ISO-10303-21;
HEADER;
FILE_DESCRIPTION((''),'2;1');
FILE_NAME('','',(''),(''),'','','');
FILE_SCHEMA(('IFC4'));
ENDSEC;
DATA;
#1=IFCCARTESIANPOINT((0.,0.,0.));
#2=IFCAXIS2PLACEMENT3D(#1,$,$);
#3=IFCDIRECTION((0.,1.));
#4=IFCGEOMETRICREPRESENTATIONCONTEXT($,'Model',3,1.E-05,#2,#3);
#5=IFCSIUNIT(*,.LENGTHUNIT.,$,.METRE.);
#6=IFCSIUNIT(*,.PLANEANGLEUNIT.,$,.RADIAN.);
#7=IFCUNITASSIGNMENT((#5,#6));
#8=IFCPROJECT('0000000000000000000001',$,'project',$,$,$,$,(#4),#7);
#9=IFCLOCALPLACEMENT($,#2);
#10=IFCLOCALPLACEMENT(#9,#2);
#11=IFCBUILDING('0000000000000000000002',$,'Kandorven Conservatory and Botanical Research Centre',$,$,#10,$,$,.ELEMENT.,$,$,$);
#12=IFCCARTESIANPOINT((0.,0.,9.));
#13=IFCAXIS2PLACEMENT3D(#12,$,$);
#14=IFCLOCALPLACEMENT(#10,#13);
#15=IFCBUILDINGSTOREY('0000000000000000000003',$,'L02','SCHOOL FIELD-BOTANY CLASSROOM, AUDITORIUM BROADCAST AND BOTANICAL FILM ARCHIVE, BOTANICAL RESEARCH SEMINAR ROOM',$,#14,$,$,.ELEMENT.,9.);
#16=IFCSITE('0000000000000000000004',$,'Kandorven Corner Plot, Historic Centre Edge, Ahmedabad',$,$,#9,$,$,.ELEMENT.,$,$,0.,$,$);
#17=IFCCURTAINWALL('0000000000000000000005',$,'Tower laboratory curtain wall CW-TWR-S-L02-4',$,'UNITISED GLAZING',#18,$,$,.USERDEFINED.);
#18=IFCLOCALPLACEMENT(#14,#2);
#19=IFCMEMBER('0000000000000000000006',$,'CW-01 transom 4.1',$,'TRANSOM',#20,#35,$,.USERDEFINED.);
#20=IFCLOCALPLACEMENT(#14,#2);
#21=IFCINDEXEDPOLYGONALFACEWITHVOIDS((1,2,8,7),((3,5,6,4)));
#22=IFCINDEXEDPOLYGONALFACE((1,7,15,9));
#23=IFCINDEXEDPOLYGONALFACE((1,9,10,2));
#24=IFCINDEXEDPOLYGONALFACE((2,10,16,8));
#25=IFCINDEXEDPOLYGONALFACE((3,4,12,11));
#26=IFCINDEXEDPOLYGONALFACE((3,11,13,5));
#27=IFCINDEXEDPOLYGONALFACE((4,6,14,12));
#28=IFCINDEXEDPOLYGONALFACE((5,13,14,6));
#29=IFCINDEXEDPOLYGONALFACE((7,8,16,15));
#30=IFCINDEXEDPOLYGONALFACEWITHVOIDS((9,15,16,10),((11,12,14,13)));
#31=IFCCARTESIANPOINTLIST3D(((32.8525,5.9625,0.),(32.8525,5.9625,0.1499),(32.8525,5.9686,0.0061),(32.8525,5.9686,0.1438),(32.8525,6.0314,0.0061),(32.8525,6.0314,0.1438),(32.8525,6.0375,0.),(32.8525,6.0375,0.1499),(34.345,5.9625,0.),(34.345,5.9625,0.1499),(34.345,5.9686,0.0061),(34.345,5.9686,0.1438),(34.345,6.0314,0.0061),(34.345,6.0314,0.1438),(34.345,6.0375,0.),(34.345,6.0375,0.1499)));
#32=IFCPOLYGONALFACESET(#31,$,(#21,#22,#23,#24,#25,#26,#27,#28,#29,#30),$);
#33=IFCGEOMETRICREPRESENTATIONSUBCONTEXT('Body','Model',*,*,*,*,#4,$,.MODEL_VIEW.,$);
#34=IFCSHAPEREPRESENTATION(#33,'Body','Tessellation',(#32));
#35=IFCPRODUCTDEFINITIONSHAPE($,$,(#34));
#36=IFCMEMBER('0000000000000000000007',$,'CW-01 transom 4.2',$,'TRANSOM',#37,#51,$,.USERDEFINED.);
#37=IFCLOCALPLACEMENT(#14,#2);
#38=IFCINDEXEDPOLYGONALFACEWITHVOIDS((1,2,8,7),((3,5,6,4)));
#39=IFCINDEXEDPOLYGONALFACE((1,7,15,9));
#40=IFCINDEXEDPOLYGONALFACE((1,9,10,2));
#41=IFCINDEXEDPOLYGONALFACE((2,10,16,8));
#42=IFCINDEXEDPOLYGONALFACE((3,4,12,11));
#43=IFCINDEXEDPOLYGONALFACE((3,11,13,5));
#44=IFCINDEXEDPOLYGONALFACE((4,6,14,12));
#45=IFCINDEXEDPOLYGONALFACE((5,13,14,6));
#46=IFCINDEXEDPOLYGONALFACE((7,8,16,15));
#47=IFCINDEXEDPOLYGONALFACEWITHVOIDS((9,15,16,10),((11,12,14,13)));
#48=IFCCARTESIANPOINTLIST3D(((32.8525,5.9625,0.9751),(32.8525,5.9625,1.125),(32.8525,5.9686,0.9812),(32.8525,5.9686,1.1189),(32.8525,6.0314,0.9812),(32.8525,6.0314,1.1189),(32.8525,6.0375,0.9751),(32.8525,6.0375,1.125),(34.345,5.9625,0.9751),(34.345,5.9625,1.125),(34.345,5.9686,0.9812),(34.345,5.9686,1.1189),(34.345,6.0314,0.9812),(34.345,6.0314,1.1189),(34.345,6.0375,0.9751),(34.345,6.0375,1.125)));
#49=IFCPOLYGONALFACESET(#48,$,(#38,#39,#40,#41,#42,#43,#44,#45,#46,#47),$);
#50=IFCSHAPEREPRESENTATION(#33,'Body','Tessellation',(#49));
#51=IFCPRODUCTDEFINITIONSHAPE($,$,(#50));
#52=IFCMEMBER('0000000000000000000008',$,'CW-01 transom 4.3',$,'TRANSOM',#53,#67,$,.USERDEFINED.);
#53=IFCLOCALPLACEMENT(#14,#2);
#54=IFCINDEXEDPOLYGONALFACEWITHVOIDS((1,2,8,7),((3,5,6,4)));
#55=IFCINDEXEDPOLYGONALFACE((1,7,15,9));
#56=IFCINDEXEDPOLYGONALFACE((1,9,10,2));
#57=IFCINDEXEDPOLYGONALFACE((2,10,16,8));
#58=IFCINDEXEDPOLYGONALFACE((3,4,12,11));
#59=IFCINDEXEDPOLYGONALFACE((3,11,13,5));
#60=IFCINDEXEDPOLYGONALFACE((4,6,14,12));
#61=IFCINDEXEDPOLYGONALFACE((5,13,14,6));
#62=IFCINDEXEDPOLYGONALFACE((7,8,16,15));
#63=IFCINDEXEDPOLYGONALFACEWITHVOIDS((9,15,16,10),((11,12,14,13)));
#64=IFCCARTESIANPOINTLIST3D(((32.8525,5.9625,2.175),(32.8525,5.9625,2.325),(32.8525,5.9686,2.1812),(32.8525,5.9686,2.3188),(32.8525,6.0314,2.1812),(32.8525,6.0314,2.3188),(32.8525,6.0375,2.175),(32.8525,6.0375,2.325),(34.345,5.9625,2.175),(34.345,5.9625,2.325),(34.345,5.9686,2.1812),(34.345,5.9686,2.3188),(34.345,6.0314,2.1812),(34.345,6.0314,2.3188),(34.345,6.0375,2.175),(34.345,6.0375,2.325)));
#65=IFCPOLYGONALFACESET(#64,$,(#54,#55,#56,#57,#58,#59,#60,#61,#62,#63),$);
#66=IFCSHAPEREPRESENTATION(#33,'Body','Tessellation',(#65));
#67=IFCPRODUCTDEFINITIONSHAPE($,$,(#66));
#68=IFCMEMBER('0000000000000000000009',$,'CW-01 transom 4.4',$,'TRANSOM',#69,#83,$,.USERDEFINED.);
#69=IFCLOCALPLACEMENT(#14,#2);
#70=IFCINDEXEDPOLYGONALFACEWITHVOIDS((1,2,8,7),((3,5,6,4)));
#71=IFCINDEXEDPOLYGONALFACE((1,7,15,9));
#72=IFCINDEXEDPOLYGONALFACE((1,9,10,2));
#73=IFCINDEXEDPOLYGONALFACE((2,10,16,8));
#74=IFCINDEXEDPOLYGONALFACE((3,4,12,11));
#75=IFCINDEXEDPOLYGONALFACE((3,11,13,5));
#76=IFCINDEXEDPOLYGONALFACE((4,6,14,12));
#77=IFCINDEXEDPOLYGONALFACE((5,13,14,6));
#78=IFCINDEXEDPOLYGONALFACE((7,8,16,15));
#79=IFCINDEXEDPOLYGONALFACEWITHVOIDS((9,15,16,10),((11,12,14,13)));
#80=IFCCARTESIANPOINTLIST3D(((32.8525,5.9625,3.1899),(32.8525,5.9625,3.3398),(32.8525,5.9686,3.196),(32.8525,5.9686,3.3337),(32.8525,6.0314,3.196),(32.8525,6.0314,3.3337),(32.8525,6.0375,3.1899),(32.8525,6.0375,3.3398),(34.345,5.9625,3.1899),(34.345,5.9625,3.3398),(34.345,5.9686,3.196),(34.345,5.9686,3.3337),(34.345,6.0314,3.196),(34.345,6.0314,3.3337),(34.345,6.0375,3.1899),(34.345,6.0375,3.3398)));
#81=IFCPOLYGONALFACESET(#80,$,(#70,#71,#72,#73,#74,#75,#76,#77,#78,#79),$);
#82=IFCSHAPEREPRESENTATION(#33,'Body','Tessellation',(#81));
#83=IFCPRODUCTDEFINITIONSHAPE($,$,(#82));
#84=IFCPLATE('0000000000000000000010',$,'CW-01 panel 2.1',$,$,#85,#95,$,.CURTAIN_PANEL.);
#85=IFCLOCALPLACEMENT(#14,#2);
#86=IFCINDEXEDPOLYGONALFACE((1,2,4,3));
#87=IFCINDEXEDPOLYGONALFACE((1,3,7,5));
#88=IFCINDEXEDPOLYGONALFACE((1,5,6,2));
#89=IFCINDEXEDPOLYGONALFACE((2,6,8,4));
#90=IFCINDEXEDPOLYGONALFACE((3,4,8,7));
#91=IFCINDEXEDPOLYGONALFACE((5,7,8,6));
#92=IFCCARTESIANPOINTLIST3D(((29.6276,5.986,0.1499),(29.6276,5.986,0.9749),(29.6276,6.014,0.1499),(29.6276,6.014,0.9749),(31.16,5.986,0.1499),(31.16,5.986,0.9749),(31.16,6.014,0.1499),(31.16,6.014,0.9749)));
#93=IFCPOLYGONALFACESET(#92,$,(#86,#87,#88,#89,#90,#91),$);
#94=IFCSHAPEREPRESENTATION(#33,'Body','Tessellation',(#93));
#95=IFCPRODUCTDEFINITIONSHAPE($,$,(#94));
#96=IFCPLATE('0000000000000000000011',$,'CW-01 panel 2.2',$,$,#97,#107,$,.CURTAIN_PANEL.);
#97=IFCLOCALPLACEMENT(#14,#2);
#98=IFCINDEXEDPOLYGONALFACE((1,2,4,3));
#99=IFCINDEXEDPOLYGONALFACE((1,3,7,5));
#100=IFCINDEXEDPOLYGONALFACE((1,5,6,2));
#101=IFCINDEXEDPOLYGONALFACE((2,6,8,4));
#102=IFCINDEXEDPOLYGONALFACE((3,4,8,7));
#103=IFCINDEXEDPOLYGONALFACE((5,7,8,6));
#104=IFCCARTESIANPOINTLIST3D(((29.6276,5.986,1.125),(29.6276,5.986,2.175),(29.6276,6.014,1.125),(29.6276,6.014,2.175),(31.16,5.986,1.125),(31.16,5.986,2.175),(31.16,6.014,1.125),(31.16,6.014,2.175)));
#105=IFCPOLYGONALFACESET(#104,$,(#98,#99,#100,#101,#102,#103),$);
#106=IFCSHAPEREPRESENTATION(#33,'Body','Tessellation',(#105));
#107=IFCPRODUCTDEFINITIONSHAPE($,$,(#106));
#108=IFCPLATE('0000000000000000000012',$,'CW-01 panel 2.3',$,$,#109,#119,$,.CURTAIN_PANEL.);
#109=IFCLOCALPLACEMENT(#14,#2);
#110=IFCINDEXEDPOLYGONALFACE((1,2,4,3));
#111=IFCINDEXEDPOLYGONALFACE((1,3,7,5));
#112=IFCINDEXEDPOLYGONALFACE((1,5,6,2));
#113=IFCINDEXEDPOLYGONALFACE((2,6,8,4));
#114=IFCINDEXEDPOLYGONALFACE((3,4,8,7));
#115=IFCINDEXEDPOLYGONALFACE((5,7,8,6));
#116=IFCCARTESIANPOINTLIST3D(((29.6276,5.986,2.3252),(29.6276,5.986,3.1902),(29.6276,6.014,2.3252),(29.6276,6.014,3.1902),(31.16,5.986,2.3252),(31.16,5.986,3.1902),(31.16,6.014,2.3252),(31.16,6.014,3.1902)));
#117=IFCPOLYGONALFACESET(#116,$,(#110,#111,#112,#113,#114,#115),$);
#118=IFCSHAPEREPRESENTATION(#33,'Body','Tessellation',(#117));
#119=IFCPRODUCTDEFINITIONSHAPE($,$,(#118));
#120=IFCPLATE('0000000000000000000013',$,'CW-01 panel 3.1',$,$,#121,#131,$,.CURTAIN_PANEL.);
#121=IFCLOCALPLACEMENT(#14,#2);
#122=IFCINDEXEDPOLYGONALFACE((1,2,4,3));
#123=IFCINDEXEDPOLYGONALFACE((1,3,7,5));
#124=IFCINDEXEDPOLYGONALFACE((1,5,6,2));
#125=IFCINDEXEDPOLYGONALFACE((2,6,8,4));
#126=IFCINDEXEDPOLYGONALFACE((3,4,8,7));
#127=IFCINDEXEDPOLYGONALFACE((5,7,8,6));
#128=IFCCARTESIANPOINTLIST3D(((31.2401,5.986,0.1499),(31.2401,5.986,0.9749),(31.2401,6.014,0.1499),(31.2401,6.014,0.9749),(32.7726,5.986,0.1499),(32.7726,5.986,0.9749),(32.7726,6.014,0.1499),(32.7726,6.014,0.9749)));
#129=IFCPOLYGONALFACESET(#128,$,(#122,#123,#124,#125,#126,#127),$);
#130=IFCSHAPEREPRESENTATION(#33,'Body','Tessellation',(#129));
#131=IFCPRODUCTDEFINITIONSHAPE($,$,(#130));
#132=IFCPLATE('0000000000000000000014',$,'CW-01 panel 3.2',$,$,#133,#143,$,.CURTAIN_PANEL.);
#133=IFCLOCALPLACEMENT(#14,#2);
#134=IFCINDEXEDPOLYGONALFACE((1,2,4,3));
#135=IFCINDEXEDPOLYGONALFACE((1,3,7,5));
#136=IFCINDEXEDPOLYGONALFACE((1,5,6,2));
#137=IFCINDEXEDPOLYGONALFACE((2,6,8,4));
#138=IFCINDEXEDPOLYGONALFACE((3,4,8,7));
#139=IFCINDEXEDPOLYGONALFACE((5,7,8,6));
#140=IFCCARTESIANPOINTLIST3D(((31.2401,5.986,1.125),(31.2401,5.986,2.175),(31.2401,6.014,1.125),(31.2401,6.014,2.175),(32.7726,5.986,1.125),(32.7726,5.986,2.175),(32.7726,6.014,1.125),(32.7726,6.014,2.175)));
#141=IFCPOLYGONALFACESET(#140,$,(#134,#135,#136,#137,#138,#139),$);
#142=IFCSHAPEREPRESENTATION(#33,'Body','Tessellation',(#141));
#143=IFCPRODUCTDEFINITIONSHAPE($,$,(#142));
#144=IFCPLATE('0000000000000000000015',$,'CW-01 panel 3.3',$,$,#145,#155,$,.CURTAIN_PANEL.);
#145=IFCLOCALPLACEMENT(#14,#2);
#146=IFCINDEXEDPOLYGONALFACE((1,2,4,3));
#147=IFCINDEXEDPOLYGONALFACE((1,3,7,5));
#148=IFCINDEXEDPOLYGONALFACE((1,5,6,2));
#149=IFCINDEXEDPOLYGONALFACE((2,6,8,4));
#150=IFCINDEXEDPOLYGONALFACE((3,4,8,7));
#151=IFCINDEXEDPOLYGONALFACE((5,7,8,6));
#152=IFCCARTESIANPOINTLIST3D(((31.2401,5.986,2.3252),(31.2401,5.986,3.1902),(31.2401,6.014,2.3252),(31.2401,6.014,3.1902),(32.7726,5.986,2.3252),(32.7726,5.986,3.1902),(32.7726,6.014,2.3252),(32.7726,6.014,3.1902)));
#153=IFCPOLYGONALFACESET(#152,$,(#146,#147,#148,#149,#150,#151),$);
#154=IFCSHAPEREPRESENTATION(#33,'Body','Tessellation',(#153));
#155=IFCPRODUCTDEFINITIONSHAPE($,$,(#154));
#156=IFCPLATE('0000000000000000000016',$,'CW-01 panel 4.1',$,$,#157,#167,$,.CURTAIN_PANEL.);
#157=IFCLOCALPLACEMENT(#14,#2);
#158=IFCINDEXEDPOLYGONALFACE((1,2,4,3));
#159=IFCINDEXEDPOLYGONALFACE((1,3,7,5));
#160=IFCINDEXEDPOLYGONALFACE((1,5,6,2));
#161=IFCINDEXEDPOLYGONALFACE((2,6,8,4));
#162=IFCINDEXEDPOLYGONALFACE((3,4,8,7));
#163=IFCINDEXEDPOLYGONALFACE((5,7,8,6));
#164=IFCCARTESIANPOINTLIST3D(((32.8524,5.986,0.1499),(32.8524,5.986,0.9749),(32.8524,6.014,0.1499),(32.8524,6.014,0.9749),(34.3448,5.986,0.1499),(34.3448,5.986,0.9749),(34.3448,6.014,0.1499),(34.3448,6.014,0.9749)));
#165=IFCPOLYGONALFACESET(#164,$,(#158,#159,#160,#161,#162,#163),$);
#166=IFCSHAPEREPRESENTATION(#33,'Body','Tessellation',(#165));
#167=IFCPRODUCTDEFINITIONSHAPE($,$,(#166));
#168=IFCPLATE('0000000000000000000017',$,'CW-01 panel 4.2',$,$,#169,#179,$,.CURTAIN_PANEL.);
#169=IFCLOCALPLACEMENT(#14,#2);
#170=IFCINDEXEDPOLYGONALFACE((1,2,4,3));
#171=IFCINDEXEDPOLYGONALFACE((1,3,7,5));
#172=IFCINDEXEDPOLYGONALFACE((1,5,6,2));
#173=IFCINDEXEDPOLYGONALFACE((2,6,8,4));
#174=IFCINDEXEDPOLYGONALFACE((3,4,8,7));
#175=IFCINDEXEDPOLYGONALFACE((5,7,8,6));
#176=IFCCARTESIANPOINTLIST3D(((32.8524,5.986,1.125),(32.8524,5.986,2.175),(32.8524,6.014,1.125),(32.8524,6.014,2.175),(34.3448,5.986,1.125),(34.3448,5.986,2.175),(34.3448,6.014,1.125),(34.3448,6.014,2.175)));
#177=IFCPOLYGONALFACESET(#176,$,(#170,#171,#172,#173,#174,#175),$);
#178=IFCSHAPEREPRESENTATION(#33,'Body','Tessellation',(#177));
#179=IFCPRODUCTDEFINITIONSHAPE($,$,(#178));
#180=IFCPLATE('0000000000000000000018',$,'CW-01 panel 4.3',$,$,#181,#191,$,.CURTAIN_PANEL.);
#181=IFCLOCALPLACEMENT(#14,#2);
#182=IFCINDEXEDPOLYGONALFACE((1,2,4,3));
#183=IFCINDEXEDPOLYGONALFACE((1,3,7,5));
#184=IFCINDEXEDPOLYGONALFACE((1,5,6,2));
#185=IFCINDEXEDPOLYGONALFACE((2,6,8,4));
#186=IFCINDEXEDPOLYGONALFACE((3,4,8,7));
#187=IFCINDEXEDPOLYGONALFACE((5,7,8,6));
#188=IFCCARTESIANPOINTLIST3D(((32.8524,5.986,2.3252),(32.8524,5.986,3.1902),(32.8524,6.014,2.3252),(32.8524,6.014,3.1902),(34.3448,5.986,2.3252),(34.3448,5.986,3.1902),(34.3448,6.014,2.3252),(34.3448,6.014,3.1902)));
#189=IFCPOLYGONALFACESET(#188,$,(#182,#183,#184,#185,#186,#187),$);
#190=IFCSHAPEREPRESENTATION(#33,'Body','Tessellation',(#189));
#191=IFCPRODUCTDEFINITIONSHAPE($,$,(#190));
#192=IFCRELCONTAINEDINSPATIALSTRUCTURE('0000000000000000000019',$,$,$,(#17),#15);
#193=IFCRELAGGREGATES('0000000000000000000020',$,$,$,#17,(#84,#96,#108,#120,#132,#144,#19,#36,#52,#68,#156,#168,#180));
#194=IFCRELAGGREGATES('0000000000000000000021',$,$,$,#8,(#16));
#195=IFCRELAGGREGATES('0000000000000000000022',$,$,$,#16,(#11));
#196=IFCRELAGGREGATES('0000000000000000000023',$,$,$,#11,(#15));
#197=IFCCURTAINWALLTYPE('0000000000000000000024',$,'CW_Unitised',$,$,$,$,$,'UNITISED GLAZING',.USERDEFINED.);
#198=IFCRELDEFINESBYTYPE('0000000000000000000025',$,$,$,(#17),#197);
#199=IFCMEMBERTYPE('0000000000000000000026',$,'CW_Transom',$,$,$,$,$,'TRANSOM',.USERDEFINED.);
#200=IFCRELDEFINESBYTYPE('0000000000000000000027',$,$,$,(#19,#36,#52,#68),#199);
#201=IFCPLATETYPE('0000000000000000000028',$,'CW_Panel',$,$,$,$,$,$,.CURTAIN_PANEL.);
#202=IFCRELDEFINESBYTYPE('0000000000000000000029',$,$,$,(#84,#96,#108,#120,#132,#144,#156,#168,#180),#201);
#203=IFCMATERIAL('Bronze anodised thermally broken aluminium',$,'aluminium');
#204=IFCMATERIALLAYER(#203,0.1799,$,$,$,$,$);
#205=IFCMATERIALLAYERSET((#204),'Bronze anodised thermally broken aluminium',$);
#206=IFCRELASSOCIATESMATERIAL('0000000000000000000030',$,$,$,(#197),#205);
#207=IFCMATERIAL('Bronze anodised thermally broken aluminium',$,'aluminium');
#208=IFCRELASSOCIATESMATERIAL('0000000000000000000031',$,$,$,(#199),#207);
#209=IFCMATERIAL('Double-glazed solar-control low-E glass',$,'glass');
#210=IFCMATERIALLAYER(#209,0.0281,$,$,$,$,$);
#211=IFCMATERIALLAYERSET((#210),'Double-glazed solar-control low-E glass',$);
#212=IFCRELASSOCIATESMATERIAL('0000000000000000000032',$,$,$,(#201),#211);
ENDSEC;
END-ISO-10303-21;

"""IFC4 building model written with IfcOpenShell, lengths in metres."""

from ifc_helpers import new_model, si_unit, direction, frame, origin, origin_2d, place, context, subcontext, project, spatial, rectangle, hollow_rectangle, extrude, material, layer, layer_set, material_profile, profile_set, type_object, element, aggregate, save


model = new_model("IFC4")

# Units and contexts
model_context = context("Model", 3, precision=1e-05, world=origin(), true_north=direction((0.0, 1.0)))
body_context = subcontext(model_context, "Body", "Model", "MODEL_VIEW")
ifc_project = project(units=[si_unit("LENGTHUNIT", "METRE"), si_unit("PLANEANGLEUNIT", "RADIAN")], contexts=[model_context])

# Site, building, storey
site_placement = place(None, origin())
site = spatial("IfcSite", under=ifc_project, at=site_placement, Name="Kandorven Corner Plot, Historic Centre Edge, Ahmedabad", CompositionType="ELEMENT", RefElevation=0.0)
building_placement = place(site_placement, origin())
building = spatial("IfcBuilding", under=site, at=building_placement, Name="Kandorven Conservatory and Botanical Research Centre", CompositionType="ELEMENT")
storey_placement = place(building_placement, frame((0.0, 0.0, 9.0)))
storey = spatial("IfcBuildingStorey", under=building, at=storey_placement, Name="L02", Description="SCHOOL FIELD-BOTANY CLASSROOM, AUDITORIUM BROADCAST AND BOTANICAL FILM ARCHIVE, BOTANICAL RESEARCH SEMINAR ROOM", CompositionType="ELEMENT", Elevation=9.0)

# Curtain wall, members, plates
ifc_material_1 = material(Name="Bronze anodised thermally broken aluminium", Category="aluminium")
ifc_layer_1 = layer(ifc_material_1, 0.1799)
ifc_layer_set_1 = layer_set([ifc_layer_1], Name="Bronze anodised thermally broken aluminium")
curtain_wall_type = type_object("IfcCurtainWallType", Name="CW_Unitised", ElementType="UNITISED GLAZING", PredefinedType="USERDEFINED", material=ifc_layer_set_1)
curtain_wall_placement = place(storey_placement, origin())
curtain_wall = element("IfcCurtainWall", 1, at=curtain_wall_placement, inside=storey, type_object=curtain_wall_type, Name="Tower laboratory curtain wall CW-TWR-S-L02-4", ObjectType="UNITISED GLAZING", PredefinedType="USERDEFINED")
ifc_material_2 = material(Name="Bronze anodised thermally broken aluminium", Category="aluminium")
ifc_material_profile_1 = material_profile(ifc_material_2, hollow_rectangle(XDim=0.075, YDim=0.1499, WallThickness=0.0061, at=origin_2d()))
ifc_profile_set_1 = profile_set([ifc_material_profile_1], Name="Bronze anodised thermally broken aluminium")
member_type_1 = type_object("IfcMemberType", Name="CW_Transom", ElementType="TRANSOM", PredefinedType="USERDEFINED", material=ifc_profile_set_1)
member_1_placement = place(storey_placement, frame((32.8525, 6.0, 0.075), z_axis=(1.0, 0.0, 0.0), x_axis=(0.0, 1.0, 0.0)))
member_1 = element("IfcMember", 2, at=member_1_placement, type_object=member_type_1, Name="CW-01 transom 4.1", ObjectType="TRANSOM", PredefinedType="USERDEFINED", context=body_context, shape_type="SweptSolid", body=[
    extrude(hollow_rectangle(XDim=0.075, YDim=0.1499, WallThickness=0.0061, at=origin_2d()), origin(), (0.0, 0.0, 1.0), 1.4924),
])
member_2_placement = place(storey_placement, frame((32.8525, 6.0, 1.05), z_axis=(1.0, 0.0, 0.0), x_axis=(0.0, 1.0, 0.0)))
member_2 = element("IfcMember", 3, at=member_2_placement, type_object=member_type_1, Name="CW-01 transom 4.2", ObjectType="TRANSOM", PredefinedType="USERDEFINED", context=body_context, shape_type="SweptSolid", body=[
    extrude(hollow_rectangle(XDim=0.075, YDim=0.1499, WallThickness=0.0061, at=origin_2d()), origin(), (0.0, 0.0, 1.0), 1.4924),
])
member_3_placement = place(storey_placement, frame((32.8525, 6.0, 2.25), z_axis=(1.0, 0.0, 0.0), x_axis=(0.0, 1.0, 0.0)))
member_3 = element("IfcMember", 4, at=member_3_placement, type_object=member_type_1, Name="CW-01 transom 4.3", ObjectType="TRANSOM", PredefinedType="USERDEFINED", context=body_context, shape_type="SweptSolid", body=[
    extrude(hollow_rectangle(XDim=0.075, YDim=0.1499, WallThickness=0.0061, at=origin_2d()), origin(), (0.0, 0.0, 1.0), 1.4924),
])
member_4_placement = place(storey_placement, frame((32.8525, 6.0, 3.2649), z_axis=(1.0, 0.0, 0.0), x_axis=(0.0, 1.0, 0.0)))
member_4 = element("IfcMember", 5, at=member_4_placement, type_object=member_type_1, Name="CW-01 transom 4.4", ObjectType="TRANSOM", PredefinedType="USERDEFINED", context=body_context, shape_type="SweptSolid", body=[
    extrude(hollow_rectangle(XDim=0.075, YDim=0.1499, WallThickness=0.0061, at=origin_2d()), origin(), (0.0, 0.0, 1.0), 1.4924),
])
ifc_material_3 = material(Name="Double-glazed solar-control low-E glass", Category="glass")
ifc_layer_2 = layer(ifc_material_3, 0.0281)
ifc_layer_set_2 = layer_set([ifc_layer_2], Name="Double-glazed solar-control low-E glass")
plate_type_1 = type_object("IfcPlateType", Name="CW_Panel", PredefinedType="CURTAIN_PANEL", material=ifc_layer_set_2)
plate_1_placement = place(storey_placement, frame((30.3938, 6.0, 0.1499), z_axis=(0.0, 0.0, 1.0), x_axis=(1.0, 0.0, 0.0)))
plate_1 = element("IfcPlate", 6, at=plate_1_placement, type_object=plate_type_1, Name="CW-01 panel 2.1", PredefinedType="CURTAIN_PANEL", context=body_context, shape_type="SweptSolid", body=[
    extrude(rectangle(XDim=1.5325, YDim=0.0281, at=origin_2d()), origin(), (0.0, 0.0, 1.0), 0.825),
])
plate_2_placement = place(storey_placement, frame((30.3938, 6.0, 1.125), z_axis=(0.0, 0.0, 1.0), x_axis=(1.0, 0.0, 0.0)))
plate_2 = element("IfcPlate", 7, at=plate_2_placement, type_object=plate_type_1, Name="CW-01 panel 2.2", PredefinedType="CURTAIN_PANEL", context=body_context, shape_type="SweptSolid", body=[
    extrude(rectangle(XDim=1.5325, YDim=0.0281, at=origin_2d()), origin(), (0.0, 0.0, 1.0), 1.05),
])
plate_3_placement = place(storey_placement, frame((30.3938, 6.0, 2.3252), z_axis=(0.0, 0.0, 1.0), x_axis=(1.0, 0.0, 0.0)))
plate_3 = element("IfcPlate", 8, at=plate_3_placement, type_object=plate_type_1, Name="CW-01 panel 2.3", PredefinedType="CURTAIN_PANEL", context=body_context, shape_type="SweptSolid", body=[
    extrude(rectangle(XDim=1.5325, YDim=0.0281, at=origin_2d()), origin(), (0.0, 0.0, 1.0), 0.865),
])
plate_4_placement = place(storey_placement, frame((32.0063, 6.0, 0.1499), z_axis=(0.0, 0.0, 1.0), x_axis=(1.0, 0.0, 0.0)))
plate_4 = element("IfcPlate", 9, at=plate_4_placement, type_object=plate_type_1, Name="CW-01 panel 3.1", PredefinedType="CURTAIN_PANEL", context=body_context, shape_type="SweptSolid", body=[
    extrude(rectangle(XDim=1.5325, YDim=0.0281, at=origin_2d()), origin(), (0.0, 0.0, 1.0), 0.825),
])
plate_5_placement = place(storey_placement, frame((32.0063, 6.0, 1.125), z_axis=(0.0, 0.0, 1.0), x_axis=(1.0, 0.0, 0.0)))
plate_5 = element("IfcPlate", 10, at=plate_5_placement, type_object=plate_type_1, Name="CW-01 panel 3.2", PredefinedType="CURTAIN_PANEL", context=body_context, shape_type="SweptSolid", body=[
    extrude(rectangle(XDim=1.5325, YDim=0.0281, at=origin_2d()), origin(), (0.0, 0.0, 1.0), 1.05),
])
plate_6_placement = place(storey_placement, frame((32.0063, 6.0, 2.3252), z_axis=(0.0, 0.0, 1.0), x_axis=(1.0, 0.0, 0.0)))
plate_6 = element("IfcPlate", 11, at=plate_6_placement, type_object=plate_type_1, Name="CW-01 panel 3.3", PredefinedType="CURTAIN_PANEL", context=body_context, shape_type="SweptSolid", body=[
    extrude(rectangle(XDim=1.5325, YDim=0.0281, at=origin_2d()), origin(), (0.0, 0.0, 1.0), 0.865),
])
plate_7_placement = place(storey_placement, frame((33.5986, 6.0, 0.1499), z_axis=(0.0, 0.0, 1.0), x_axis=(1.0, 0.0, 0.0)))
plate_7 = element("IfcPlate", 12, at=plate_7_placement, type_object=plate_type_1, Name="CW-01 panel 4.1", PredefinedType="CURTAIN_PANEL", context=body_context, shape_type="SweptSolid", body=[
    extrude(rectangle(XDim=1.4924, YDim=0.0281, at=origin_2d()), origin(), (0.0, 0.0, 1.0), 0.825),
])
plate_8_placement = place(storey_placement, frame((33.5986, 6.0, 1.125), z_axis=(0.0, 0.0, 1.0), x_axis=(1.0, 0.0, 0.0)))
plate_8 = element("IfcPlate", 13, at=plate_8_placement, type_object=plate_type_1, Name="CW-01 panel 4.2", PredefinedType="CURTAIN_PANEL", context=body_context, shape_type="SweptSolid", body=[
    extrude(rectangle(XDim=1.4924, YDim=0.0281, at=origin_2d()), origin(), (0.0, 0.0, 1.0), 1.05),
])
plate_9_placement = place(storey_placement, frame((33.5986, 6.0, 2.3252), z_axis=(0.0, 0.0, 1.0), x_axis=(1.0, 0.0, 0.0)))
plate_9 = element("IfcPlate", 14, at=plate_9_placement, type_object=plate_type_1, Name="CW-01 panel 4.3", PredefinedType="CURTAIN_PANEL", context=body_context, shape_type="SweptSolid", body=[
    extrude(rectangle(XDim=1.4924, YDim=0.0281, at=origin_2d()), origin(), (0.0, 0.0, 1.0), 0.865),
])
aggregate(curtain_wall, [plate_1, plate_2, plate_3, plate_4, plate_5, plate_6, member_1, member_2, member_3, member_4, plate_7, plate_8, plate_9])

save(model, "model.ifc")
